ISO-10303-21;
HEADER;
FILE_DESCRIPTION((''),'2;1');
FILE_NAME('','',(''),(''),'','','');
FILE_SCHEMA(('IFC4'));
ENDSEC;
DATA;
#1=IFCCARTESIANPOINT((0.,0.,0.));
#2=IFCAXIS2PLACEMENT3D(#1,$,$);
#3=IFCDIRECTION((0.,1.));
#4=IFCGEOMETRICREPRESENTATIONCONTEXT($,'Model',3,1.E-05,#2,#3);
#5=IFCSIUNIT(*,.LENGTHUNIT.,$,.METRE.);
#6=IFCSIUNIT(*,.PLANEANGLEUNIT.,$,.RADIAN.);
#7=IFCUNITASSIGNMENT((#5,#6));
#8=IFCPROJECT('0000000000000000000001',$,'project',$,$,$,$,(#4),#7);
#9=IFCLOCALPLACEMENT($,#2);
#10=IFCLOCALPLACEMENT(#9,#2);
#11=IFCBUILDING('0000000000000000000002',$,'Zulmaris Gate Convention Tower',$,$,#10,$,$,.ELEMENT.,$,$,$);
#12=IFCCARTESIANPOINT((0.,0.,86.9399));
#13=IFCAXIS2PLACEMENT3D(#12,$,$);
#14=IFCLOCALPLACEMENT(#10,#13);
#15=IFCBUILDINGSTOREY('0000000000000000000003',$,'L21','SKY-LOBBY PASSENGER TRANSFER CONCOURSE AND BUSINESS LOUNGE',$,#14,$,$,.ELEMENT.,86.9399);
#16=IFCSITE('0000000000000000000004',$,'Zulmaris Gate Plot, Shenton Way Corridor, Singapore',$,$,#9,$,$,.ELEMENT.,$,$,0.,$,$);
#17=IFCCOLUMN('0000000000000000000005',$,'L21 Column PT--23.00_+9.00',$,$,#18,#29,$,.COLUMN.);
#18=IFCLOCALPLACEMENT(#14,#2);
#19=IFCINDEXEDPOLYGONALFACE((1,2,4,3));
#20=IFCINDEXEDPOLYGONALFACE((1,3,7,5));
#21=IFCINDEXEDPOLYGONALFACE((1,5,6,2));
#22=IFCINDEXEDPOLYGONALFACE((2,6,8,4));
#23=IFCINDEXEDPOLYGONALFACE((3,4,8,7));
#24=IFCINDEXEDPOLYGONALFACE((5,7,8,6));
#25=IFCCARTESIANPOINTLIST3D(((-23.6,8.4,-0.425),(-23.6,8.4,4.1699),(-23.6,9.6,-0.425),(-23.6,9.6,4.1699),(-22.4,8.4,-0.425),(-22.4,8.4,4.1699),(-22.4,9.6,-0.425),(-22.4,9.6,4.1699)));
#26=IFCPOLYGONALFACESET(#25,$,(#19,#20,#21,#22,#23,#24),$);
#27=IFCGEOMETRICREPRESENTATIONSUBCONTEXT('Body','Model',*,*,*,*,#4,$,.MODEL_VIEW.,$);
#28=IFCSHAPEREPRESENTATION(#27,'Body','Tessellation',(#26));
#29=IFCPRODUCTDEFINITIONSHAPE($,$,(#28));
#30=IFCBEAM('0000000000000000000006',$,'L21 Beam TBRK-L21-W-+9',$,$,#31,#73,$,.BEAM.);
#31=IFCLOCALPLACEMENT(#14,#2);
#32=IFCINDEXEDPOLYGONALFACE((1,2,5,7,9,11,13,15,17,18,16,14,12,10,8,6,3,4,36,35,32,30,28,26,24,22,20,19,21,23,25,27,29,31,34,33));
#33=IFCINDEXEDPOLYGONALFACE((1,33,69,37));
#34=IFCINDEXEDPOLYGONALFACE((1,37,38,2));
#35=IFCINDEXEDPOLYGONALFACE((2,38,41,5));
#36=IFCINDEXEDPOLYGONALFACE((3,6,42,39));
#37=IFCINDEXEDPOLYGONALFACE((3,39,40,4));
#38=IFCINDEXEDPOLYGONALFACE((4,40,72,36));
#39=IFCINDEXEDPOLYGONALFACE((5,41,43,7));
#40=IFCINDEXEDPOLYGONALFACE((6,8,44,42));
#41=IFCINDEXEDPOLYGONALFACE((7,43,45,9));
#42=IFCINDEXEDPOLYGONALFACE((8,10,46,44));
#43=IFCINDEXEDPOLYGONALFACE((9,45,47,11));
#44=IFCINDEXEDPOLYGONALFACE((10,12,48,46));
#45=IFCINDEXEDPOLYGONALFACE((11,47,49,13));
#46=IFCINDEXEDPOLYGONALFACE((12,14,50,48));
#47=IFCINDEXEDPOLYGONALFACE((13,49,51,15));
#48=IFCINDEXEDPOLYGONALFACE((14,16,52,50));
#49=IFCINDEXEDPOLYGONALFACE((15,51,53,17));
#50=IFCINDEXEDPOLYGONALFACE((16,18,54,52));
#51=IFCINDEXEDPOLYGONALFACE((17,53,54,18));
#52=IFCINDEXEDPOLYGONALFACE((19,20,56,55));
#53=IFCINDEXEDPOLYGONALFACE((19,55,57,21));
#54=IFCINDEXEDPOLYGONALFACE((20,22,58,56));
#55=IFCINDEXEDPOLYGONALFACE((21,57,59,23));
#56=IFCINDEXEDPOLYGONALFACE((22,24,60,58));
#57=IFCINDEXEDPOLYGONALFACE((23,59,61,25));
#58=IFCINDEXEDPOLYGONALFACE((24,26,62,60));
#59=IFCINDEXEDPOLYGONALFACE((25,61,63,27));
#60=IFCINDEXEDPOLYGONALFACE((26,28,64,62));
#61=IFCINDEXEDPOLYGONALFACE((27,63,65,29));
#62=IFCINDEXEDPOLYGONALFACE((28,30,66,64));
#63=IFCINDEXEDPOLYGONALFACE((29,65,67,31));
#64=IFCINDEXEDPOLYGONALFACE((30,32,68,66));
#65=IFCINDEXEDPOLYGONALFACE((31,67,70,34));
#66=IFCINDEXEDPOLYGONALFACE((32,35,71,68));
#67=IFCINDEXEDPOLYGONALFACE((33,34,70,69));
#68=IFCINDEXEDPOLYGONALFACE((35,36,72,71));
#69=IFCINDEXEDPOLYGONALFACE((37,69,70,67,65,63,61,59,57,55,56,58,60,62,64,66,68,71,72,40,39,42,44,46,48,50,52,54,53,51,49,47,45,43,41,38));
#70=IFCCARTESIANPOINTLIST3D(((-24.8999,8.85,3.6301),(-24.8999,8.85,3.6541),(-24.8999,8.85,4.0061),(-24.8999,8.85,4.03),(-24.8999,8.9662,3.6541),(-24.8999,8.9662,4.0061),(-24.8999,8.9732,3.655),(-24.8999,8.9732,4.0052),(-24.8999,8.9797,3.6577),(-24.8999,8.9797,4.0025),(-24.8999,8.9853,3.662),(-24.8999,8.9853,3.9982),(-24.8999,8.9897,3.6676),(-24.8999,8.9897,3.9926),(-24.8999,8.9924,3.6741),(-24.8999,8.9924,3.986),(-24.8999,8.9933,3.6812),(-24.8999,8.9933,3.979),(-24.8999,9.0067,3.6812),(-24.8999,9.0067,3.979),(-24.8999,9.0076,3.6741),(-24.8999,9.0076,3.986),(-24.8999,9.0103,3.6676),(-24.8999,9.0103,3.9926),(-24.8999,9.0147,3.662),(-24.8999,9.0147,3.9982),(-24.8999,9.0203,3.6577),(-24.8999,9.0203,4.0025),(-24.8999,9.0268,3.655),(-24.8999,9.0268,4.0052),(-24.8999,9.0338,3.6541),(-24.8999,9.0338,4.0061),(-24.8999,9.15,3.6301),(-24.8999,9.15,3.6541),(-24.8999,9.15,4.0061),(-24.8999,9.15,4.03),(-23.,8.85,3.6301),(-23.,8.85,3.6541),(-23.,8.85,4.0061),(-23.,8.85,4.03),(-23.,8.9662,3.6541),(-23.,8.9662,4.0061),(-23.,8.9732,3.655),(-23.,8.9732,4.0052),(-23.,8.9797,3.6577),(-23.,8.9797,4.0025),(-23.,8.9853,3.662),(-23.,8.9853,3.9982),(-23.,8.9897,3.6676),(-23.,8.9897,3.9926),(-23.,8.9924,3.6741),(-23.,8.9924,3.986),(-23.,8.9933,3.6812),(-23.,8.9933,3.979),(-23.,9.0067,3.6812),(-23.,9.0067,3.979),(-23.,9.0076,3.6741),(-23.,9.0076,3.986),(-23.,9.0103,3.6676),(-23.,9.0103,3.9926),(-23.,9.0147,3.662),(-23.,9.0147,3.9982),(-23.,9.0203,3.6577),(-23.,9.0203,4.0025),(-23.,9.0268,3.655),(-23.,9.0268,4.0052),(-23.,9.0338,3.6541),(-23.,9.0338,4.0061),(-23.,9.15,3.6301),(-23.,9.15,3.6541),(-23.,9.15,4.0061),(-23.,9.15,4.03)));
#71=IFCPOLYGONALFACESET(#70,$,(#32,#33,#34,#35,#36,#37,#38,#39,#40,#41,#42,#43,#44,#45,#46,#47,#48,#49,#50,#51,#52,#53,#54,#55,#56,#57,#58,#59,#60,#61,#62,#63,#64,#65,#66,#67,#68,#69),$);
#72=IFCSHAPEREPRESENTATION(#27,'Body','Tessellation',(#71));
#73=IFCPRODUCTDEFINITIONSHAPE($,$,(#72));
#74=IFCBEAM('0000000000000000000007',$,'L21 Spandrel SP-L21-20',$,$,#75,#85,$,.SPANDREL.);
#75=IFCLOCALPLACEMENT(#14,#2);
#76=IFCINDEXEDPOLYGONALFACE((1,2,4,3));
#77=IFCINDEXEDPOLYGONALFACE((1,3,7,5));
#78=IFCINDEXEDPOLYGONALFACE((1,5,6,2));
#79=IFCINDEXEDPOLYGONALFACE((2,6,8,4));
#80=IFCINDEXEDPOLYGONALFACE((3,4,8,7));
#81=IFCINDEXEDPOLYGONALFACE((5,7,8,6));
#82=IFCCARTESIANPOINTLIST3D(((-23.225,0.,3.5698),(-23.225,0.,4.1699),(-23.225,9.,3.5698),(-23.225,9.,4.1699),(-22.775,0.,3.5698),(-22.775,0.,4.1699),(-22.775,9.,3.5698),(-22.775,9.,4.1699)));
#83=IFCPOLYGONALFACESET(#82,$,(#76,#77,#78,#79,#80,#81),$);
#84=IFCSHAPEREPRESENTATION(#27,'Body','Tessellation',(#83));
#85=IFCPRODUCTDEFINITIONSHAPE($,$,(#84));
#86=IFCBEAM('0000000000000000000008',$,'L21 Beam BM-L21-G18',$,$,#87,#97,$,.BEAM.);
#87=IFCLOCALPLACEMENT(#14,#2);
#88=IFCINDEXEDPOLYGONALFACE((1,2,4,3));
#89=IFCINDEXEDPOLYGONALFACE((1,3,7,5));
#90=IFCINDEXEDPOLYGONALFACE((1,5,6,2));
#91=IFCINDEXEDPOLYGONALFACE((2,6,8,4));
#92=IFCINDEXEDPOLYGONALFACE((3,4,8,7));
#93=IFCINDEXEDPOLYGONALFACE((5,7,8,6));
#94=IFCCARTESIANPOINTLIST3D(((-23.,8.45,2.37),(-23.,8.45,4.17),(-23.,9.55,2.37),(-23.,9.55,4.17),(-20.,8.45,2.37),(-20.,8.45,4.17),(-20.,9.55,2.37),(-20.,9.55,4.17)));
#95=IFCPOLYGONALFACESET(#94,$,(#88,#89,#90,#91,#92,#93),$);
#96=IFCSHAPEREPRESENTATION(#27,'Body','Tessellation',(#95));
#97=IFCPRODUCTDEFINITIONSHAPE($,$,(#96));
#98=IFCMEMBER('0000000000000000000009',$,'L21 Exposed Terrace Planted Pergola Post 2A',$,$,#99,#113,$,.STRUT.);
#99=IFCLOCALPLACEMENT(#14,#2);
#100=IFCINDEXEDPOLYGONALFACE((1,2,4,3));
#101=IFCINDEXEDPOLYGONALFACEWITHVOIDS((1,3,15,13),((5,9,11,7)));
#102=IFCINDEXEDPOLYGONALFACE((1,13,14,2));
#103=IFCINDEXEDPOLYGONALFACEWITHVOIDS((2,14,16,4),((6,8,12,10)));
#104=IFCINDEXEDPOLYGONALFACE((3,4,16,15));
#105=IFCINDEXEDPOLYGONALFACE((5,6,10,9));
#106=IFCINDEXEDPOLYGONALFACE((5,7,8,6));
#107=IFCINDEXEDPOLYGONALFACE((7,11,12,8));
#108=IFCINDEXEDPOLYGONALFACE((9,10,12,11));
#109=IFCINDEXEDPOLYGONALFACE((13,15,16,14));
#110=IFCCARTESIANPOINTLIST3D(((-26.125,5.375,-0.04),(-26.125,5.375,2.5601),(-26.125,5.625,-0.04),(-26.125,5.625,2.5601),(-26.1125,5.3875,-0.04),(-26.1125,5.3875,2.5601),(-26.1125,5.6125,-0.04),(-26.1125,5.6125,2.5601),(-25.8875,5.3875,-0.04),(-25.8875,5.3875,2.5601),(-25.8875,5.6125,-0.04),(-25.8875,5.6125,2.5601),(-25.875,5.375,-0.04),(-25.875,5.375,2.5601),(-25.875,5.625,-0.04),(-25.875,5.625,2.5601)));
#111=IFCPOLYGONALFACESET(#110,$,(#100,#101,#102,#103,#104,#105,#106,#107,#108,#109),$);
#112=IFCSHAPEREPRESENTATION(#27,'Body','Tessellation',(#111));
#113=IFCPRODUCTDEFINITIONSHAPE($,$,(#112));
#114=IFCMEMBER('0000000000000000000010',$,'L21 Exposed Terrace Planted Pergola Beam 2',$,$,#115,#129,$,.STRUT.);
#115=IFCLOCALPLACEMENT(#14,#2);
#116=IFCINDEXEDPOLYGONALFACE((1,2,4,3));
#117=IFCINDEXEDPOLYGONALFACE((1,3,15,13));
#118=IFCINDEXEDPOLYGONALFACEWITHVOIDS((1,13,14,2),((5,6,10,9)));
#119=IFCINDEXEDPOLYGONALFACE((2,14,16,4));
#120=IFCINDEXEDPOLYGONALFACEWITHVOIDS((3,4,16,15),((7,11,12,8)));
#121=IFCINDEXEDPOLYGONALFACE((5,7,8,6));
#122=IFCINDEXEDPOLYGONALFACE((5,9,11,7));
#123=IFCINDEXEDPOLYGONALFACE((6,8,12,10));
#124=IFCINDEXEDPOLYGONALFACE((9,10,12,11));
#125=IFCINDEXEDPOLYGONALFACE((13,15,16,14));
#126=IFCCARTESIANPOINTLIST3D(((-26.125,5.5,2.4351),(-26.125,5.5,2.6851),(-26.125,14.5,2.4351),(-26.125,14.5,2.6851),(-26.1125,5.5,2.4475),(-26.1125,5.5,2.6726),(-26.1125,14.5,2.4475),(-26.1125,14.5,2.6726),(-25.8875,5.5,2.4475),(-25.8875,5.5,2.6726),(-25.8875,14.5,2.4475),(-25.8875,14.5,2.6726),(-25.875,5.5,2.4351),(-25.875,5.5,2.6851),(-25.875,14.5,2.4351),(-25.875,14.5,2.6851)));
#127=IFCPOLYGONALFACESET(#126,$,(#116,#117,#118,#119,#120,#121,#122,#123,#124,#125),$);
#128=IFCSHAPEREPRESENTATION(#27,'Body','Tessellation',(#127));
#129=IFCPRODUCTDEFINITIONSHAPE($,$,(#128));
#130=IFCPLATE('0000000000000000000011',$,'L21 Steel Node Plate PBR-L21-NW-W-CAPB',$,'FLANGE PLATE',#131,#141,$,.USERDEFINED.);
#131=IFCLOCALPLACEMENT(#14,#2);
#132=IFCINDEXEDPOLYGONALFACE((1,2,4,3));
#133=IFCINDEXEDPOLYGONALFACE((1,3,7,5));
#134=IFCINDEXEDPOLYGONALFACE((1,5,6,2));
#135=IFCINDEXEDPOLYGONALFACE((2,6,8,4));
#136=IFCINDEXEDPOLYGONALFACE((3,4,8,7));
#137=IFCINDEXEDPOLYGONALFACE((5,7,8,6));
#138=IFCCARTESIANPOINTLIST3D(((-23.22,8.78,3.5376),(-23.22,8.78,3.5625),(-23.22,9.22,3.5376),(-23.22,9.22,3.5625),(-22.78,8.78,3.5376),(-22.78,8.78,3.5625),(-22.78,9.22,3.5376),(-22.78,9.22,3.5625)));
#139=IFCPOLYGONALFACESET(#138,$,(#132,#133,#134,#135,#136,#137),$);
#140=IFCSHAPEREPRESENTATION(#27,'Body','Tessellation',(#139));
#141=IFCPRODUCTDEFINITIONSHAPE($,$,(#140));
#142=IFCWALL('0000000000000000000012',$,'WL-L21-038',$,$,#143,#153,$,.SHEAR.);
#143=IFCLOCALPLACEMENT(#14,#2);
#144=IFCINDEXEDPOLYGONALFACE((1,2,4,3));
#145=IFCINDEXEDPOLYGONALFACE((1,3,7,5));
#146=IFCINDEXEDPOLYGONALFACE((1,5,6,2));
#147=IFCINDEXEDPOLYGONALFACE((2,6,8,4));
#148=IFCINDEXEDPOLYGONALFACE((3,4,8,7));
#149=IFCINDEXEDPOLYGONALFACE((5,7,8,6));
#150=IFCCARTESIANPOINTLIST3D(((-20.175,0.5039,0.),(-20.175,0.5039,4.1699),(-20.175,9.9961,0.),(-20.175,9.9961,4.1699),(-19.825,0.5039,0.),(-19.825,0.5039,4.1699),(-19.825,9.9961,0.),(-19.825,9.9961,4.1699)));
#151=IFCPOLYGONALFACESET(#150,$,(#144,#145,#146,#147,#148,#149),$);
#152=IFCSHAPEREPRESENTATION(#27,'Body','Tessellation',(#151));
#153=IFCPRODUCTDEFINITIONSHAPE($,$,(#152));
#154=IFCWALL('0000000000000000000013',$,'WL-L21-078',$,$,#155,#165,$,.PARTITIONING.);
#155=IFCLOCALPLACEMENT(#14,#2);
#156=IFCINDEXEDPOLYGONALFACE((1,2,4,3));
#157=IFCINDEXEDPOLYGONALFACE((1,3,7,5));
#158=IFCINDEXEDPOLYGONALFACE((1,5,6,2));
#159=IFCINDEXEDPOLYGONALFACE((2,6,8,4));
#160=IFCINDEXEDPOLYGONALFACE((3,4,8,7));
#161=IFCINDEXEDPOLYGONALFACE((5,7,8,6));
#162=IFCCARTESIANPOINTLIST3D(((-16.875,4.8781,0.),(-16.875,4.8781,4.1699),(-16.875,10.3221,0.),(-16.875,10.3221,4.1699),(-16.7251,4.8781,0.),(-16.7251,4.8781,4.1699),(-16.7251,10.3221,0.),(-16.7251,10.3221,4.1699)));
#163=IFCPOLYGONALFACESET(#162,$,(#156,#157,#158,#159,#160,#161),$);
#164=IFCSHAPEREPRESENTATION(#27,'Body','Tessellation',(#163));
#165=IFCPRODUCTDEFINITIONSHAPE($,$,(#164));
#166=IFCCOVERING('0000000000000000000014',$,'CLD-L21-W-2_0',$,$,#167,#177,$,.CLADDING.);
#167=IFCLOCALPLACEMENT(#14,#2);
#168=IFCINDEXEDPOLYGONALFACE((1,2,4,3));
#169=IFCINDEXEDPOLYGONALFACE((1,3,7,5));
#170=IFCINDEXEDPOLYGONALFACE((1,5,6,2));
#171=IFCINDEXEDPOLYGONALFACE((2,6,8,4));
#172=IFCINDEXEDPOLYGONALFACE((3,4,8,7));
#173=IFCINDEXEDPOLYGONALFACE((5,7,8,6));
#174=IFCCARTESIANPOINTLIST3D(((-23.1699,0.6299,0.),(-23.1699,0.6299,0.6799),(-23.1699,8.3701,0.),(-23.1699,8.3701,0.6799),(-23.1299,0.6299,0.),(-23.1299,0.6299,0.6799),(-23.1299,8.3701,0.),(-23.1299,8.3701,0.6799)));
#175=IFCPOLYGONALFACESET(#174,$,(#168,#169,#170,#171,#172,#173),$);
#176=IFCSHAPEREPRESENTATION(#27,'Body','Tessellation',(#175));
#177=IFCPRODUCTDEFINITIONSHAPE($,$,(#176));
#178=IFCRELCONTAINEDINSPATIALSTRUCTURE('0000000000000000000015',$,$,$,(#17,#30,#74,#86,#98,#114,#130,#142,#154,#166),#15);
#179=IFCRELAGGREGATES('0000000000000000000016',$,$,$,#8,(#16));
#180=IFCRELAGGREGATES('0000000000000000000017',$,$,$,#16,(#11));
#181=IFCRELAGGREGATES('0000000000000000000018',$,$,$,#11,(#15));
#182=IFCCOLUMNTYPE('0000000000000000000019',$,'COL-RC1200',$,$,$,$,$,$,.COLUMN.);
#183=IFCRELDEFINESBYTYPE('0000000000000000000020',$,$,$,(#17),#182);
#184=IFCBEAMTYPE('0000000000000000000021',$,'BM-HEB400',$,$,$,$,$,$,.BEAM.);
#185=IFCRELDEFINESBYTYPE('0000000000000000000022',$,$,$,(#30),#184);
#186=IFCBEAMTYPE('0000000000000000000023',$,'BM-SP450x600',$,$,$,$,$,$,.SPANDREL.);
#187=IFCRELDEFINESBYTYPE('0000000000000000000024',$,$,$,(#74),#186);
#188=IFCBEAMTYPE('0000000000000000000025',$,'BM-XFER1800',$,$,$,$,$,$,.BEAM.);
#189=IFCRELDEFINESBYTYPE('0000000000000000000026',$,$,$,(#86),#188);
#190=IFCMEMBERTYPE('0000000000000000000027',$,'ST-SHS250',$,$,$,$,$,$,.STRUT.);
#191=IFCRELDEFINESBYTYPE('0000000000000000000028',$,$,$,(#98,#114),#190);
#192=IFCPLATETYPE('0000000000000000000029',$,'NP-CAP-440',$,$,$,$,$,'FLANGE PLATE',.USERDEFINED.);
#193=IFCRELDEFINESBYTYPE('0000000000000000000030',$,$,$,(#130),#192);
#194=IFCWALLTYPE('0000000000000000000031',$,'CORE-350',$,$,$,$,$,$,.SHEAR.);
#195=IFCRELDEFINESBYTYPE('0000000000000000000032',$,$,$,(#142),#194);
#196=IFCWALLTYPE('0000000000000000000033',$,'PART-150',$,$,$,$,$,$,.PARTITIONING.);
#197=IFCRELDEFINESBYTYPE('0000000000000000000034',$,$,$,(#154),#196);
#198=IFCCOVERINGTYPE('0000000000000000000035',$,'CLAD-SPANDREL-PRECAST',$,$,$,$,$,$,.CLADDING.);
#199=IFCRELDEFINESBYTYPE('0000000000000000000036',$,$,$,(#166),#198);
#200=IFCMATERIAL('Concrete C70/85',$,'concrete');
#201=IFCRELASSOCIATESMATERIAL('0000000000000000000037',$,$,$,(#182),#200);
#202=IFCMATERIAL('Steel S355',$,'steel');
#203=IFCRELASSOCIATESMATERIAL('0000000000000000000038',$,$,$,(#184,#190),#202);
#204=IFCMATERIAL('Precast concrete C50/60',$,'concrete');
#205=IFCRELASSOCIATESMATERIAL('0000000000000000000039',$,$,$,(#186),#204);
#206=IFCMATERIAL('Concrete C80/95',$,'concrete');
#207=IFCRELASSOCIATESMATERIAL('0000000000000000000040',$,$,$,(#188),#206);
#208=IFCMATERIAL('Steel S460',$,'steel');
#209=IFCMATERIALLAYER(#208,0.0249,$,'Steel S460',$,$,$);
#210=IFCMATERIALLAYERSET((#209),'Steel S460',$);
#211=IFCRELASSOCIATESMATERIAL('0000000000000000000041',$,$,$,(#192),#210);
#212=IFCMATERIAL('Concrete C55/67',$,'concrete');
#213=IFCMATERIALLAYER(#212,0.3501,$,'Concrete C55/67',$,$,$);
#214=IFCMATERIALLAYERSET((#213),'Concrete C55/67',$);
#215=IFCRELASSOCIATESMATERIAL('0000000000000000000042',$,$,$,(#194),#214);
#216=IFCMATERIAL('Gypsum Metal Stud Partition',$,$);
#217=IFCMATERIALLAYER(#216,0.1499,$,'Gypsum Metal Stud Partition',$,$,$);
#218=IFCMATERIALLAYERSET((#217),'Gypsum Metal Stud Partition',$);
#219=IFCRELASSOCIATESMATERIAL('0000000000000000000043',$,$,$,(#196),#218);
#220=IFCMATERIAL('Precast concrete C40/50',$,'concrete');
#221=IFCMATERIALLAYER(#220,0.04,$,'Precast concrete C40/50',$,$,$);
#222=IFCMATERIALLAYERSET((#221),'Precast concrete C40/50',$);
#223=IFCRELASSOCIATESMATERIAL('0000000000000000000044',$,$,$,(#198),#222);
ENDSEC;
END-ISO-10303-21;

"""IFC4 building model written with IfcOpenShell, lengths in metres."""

from ifc_helpers import new_model, si_unit, direction, frame, frame_2d, origin, origin_2d, place, context, subcontext, project, spatial, rectangle, hollow_rectangle, i_section, extrude, material, layer, layer_set, material_profile, profile_set, type_object, element, save


model = new_model("IFC4")

# Units and contexts
model_context = context("Model", 3, precision=1e-05, world=origin(), true_north=direction((0.0, 1.0)))
body_context = subcontext(model_context, "Body", "Model", "MODEL_VIEW")
ifc_project = project(units=[si_unit("LENGTHUNIT", "METRE"), si_unit("PLANEANGLEUNIT", "RADIAN")], contexts=[model_context])

# Site, building, storey
site_placement = place(None, origin())
site = spatial("IfcSite", under=ifc_project, at=site_placement, Name="Zulmaris Gate Plot, Shenton Way Corridor, Singapore", CompositionType="ELEMENT", RefElevation=0.0)
building_placement = place(site_placement, origin())
building = spatial("IfcBuilding", under=site, at=building_placement, Name="Zulmaris Gate Convention Tower", CompositionType="ELEMENT")
storey_placement = place(building_placement, frame((0.0, 0.0, 86.9399)))
storey = spatial("IfcBuildingStorey", under=building, at=storey_placement, Name="L21", Description="SKY-LOBBY PASSENGER TRANSFER CONCOURSE AND BUSINESS LOUNGE", CompositionType="ELEMENT", Elevation=86.9399)

# Column
ifc_material_1 = material(Name="Concrete C70/85", Category="concrete")
ifc_material_profile_1 = material_profile(ifc_material_1, rectangle(XDim=1.2, YDim=1.2, at=origin_2d()), Name="RC COL 1200x1200")
ifc_profile_set_1 = profile_set([ifc_material_profile_1], Name="Concrete C70/85")
column_type = type_object("IfcColumnType", Name="COL-RC1200", PredefinedType="COLUMN", material=ifc_profile_set_1)
column_placement = place(storey_placement, frame((-23.0, 9.0, -0.425), z_axis=(0.0, 0.0, 1.0), x_axis=(1.0, 0.0, 0.0)))
element("IfcColumn", 1, at=column_placement, inside=storey, type_object=column_type, Name="L21 Column PT--23.00_+9.00", PredefinedType="COLUMN", context=body_context, shape_type="SweptSolid", body=[
    extrude(rectangle(XDim=1.2, YDim=1.2, at=origin_2d()), origin(), (0.0, 0.0, 1.0), 4.595),
])

# Beams
ifc_material_2 = material(Name="Steel S355", Category="steel")
ifc_material_profile_2 = material_profile(ifc_material_2, i_section(OverallWidth=0.3, OverallDepth=0.3999, WebThickness=0.0134, FlangeThickness=0.0239, FilletRadius=0.0271, at=origin_2d()), Name="HEB 400")
ifc_profile_set_2 = profile_set([ifc_material_profile_2], Name="Steel S355")
beam_type_1 = type_object("IfcBeamType", Name="BM-HEB400", PredefinedType="BEAM", material=ifc_profile_set_2)
beam_1_placement = place(storey_placement, frame((-24.8999, 9.0, 3.8301), z_axis=(1.0, 0.0, 0.0), x_axis=(0.0, 1.0, 0.0)))
element("IfcBeam", 2, at=beam_1_placement, inside=storey, type_object=beam_type_1, Name="L21 Beam TBRK-L21-W-+9", PredefinedType="BEAM", context=body_context, shape_type="SweptSolid", body=[
    extrude(i_section(OverallWidth=0.3, OverallDepth=0.3999, WebThickness=0.0134, FlangeThickness=0.0239, FilletRadius=0.0271, at=origin_2d()), origin(), (0.0, 0.0, 1.0), 1.8999),
])
ifc_material_3 = material(Name="Precast concrete C50/60", Category="concrete")
ifc_material_profile_3 = material_profile(ifc_material_3, rectangle(XDim=0.45, YDim=0.6001, at=origin_2d()), Name="RC SPANDREL 450x600")
ifc_profile_set_3 = profile_set([ifc_material_profile_3], Name="Precast concrete C50/60")
beam_type_2 = type_object("IfcBeamType", Name="BM-SP450x600", PredefinedType="SPANDREL", material=ifc_profile_set_3)
beam_2_placement = place(storey_placement, frame((-23.0, 9.0, 3.8699), z_axis=(0.0, -1.0, 0.0), x_axis=(1.0, 0.0, 0.0)))
element("IfcBeam", 3, at=beam_2_placement, inside=storey, type_object=beam_type_2, Name="L21 Spandrel SP-L21-20", PredefinedType="SPANDREL", context=body_context, shape_type="SweptSolid", body=[
    extrude(rectangle(XDim=0.45, YDim=0.6001, at=origin_2d()), origin(), (0.0, 0.0, 1.0), 9.0),
])
ifc_material_4 = material(Name="Concrete C80/95", Category="concrete")
ifc_material_profile_4 = material_profile(ifc_material_4, rectangle(XDim=1.1001, YDim=1.8, at=origin_2d()), Name="RC TRANSFER 1100x1800")
ifc_profile_set_4 = profile_set([ifc_material_profile_4], Name="Concrete C80/95")
beam_type_3 = type_object("IfcBeamType", Name="BM-XFER1800", PredefinedType="BEAM", material=ifc_profile_set_4)
beam_3_placement = place(storey_placement, frame((-23.0, 9.0, 3.27), z_axis=(1.0, 0.0, 0.0), x_axis=(0.0, 1.0, 0.0)))
element("IfcBeam", 4, at=beam_3_placement, inside=storey, type_object=beam_type_3, Name="L21 Beam BM-L21-G18", PredefinedType="BEAM", context=body_context, shape_type="SweptSolid", body=[
    extrude(rectangle(XDim=1.1001, YDim=1.8, at=origin_2d()), origin(), (0.0, 0.0, 1.0), 3.0),
])

# Members
ifc_material_profile_5 = material_profile(ifc_material_2, hollow_rectangle(XDim=0.25, YDim=0.25, WallThickness=0.0125, at=origin_2d()), Name="SHS 250x250x12.5")
ifc_profile_set_5 = profile_set([ifc_material_profile_5], Name="Steel S355")
member_type = type_object("IfcMemberType", Name="ST-SHS250", PredefinedType="STRUT", material=ifc_profile_set_5)
member_1_placement = place(storey_placement, frame((-26.0, 5.5, -0.04), z_axis=(0.0, 0.0, 1.0), x_axis=(1.0, 0.0, 0.0)))
element("IfcMember", 5, at=member_1_placement, inside=storey, type_object=member_type, Name="L21 Exposed Terrace Planted Pergola Post 2A", PredefinedType="STRUT", context=body_context, shape_type="SweptSolid", body=[
    extrude(hollow_rectangle(XDim=0.25, YDim=0.25, WallThickness=0.0125, at=origin_2d()), origin(), (0.0, 0.0, 1.0), 2.6001),
])
member_2_placement = place(storey_placement, frame((-26.0, 5.5, 2.5601), z_axis=(0.0, 1.0, 0.0), x_axis=(-1.0, 0.0, 0.0)))
element("IfcMember", 6, at=member_2_placement, inside=storey, type_object=member_type, Name="L21 Exposed Terrace Planted Pergola Beam 2", PredefinedType="STRUT", context=body_context, shape_type="SweptSolid", body=[
    extrude(hollow_rectangle(XDim=0.25, YDim=0.25, WallThickness=0.0125, at=origin_2d()), origin(), (0.0, 0.0, 1.0), 9.0),
])

# Plate
ifc_material_5 = material(Name="Steel S460", Category="steel")
ifc_layer_1 = layer(ifc_material_5, 0.0249, Name="Steel S460")
ifc_layer_set_1 = layer_set([ifc_layer_1], Name="Steel S460")
plate_type = type_object("IfcPlateType", Name="NP-CAP-440", ElementType="FLANGE PLATE", PredefinedType="USERDEFINED", material=ifc_layer_set_1)
plate_placement = place(storey_placement, frame((-23.0, 9.0, 3.5376), z_axis=(0.0, 0.0, 1.0), x_axis=(1.0, 0.0, 0.0)))
element("IfcPlate", 7, at=plate_placement, inside=storey, type_object=plate_type, Name="L21 Steel Node Plate PBR-L21-NW-W-CAPB", ObjectType="FLANGE PLATE", PredefinedType="USERDEFINED", context=body_context, shape_type="SweptSolid", body=[
    extrude(rectangle(XDim=0.4399, YDim=0.4399, at=origin_2d()), origin(), (0.0, 0.0, 1.0), 0.0249),
])

# Wall
ifc_material_6 = material(Name="Concrete C55/67", Category="concrete")
ifc_layer_2 = layer(ifc_material_6, 0.3501, Name="Concrete C55/67")
ifc_layer_set_2 = layer_set([ifc_layer_2], Name="Concrete C55/67")
wall_type_1 = type_object("IfcWallType", Name="CORE-350", PredefinedType="SHEAR", material=ifc_layer_set_2)
wall_1_placement = place(storey_placement, frame((-20.0, 0.5039, 0.0), z_axis=(0.0, 0.0, 1.0), x_axis=(0.0, 1.0, 0.0)))
element("IfcWall", 8, at=wall_1_placement, inside=storey, type_object=wall_type_1, Name="WL-L21-038", PredefinedType="SHEAR", context=body_context, shape_type="SweptSolid", body=[
    extrude(rectangle(XDim=9.4922, YDim=0.3501, at=frame_2d((4.7461, 0.0))), origin(), (0.0, 0.0, 1.0), 4.1699),
])

# Shared definitions
ifc_material_7 = material(Name="Gypsum Metal Stud Partition")
ifc_layer_3 = layer(ifc_material_7, 0.1499, Name="Gypsum Metal Stud Partition")
ifc_layer_set_3 = layer_set([ifc_layer_3], Name="Gypsum Metal Stud Partition")
wall_type_2 = type_object("IfcWallType", Name="PART-150", PredefinedType="PARTITIONING", material=ifc_layer_set_3)

# Wall
wall_2_placement = place(storey_placement, frame((-16.8, 4.8779, 0.0), z_axis=(0.0, 0.0, 1.0), x_axis=(0.0, 1.0, 0.0)))
element("IfcWall", 9, at=wall_2_placement, inside=storey, type_object=wall_type_2, Name="WL-L21-078", PredefinedType="PARTITIONING", context=body_context, shape_type="SweptSolid", body=[
    extrude(rectangle(XDim=5.4441, YDim=0.1499, at=frame_2d((2.7222, 0.0))), origin(), (0.0, 0.0, 1.0), 4.1699),
])

# Shared definitions
ifc_material_8 = material(Name="Precast concrete C40/50", Category="concrete")

# Covering
ifc_layer_4 = layer(ifc_material_8, 0.04, Name="Precast concrete C40/50")
ifc_layer_set_4 = layer_set([ifc_layer_4], Name="Precast concrete C40/50")
covering_type = type_object("IfcCoveringType", Name="CLAD-SPANDREL-PRECAST", PredefinedType="CLADDING", material=ifc_layer_set_4)
covering_placement = place(storey_placement, frame((-23.1499, 8.3701, 0.0), z_axis=(0.0, 0.0, 1.0), x_axis=(0.0, -1.0, 0.0)))
element("IfcCovering", 10, at=covering_placement, inside=storey, type_object=covering_type, Name="CLD-L21-W-2_0", PredefinedType="CLADDING", context=body_context, shape_type="SweptSolid", body=[
    extrude(rectangle(XDim=7.7402, YDim=0.04, at=frame_2d((3.8701, 0.0))), origin(), (0.0, 0.0, 1.0), 0.6799),
])

save(model, "model.ifc")
